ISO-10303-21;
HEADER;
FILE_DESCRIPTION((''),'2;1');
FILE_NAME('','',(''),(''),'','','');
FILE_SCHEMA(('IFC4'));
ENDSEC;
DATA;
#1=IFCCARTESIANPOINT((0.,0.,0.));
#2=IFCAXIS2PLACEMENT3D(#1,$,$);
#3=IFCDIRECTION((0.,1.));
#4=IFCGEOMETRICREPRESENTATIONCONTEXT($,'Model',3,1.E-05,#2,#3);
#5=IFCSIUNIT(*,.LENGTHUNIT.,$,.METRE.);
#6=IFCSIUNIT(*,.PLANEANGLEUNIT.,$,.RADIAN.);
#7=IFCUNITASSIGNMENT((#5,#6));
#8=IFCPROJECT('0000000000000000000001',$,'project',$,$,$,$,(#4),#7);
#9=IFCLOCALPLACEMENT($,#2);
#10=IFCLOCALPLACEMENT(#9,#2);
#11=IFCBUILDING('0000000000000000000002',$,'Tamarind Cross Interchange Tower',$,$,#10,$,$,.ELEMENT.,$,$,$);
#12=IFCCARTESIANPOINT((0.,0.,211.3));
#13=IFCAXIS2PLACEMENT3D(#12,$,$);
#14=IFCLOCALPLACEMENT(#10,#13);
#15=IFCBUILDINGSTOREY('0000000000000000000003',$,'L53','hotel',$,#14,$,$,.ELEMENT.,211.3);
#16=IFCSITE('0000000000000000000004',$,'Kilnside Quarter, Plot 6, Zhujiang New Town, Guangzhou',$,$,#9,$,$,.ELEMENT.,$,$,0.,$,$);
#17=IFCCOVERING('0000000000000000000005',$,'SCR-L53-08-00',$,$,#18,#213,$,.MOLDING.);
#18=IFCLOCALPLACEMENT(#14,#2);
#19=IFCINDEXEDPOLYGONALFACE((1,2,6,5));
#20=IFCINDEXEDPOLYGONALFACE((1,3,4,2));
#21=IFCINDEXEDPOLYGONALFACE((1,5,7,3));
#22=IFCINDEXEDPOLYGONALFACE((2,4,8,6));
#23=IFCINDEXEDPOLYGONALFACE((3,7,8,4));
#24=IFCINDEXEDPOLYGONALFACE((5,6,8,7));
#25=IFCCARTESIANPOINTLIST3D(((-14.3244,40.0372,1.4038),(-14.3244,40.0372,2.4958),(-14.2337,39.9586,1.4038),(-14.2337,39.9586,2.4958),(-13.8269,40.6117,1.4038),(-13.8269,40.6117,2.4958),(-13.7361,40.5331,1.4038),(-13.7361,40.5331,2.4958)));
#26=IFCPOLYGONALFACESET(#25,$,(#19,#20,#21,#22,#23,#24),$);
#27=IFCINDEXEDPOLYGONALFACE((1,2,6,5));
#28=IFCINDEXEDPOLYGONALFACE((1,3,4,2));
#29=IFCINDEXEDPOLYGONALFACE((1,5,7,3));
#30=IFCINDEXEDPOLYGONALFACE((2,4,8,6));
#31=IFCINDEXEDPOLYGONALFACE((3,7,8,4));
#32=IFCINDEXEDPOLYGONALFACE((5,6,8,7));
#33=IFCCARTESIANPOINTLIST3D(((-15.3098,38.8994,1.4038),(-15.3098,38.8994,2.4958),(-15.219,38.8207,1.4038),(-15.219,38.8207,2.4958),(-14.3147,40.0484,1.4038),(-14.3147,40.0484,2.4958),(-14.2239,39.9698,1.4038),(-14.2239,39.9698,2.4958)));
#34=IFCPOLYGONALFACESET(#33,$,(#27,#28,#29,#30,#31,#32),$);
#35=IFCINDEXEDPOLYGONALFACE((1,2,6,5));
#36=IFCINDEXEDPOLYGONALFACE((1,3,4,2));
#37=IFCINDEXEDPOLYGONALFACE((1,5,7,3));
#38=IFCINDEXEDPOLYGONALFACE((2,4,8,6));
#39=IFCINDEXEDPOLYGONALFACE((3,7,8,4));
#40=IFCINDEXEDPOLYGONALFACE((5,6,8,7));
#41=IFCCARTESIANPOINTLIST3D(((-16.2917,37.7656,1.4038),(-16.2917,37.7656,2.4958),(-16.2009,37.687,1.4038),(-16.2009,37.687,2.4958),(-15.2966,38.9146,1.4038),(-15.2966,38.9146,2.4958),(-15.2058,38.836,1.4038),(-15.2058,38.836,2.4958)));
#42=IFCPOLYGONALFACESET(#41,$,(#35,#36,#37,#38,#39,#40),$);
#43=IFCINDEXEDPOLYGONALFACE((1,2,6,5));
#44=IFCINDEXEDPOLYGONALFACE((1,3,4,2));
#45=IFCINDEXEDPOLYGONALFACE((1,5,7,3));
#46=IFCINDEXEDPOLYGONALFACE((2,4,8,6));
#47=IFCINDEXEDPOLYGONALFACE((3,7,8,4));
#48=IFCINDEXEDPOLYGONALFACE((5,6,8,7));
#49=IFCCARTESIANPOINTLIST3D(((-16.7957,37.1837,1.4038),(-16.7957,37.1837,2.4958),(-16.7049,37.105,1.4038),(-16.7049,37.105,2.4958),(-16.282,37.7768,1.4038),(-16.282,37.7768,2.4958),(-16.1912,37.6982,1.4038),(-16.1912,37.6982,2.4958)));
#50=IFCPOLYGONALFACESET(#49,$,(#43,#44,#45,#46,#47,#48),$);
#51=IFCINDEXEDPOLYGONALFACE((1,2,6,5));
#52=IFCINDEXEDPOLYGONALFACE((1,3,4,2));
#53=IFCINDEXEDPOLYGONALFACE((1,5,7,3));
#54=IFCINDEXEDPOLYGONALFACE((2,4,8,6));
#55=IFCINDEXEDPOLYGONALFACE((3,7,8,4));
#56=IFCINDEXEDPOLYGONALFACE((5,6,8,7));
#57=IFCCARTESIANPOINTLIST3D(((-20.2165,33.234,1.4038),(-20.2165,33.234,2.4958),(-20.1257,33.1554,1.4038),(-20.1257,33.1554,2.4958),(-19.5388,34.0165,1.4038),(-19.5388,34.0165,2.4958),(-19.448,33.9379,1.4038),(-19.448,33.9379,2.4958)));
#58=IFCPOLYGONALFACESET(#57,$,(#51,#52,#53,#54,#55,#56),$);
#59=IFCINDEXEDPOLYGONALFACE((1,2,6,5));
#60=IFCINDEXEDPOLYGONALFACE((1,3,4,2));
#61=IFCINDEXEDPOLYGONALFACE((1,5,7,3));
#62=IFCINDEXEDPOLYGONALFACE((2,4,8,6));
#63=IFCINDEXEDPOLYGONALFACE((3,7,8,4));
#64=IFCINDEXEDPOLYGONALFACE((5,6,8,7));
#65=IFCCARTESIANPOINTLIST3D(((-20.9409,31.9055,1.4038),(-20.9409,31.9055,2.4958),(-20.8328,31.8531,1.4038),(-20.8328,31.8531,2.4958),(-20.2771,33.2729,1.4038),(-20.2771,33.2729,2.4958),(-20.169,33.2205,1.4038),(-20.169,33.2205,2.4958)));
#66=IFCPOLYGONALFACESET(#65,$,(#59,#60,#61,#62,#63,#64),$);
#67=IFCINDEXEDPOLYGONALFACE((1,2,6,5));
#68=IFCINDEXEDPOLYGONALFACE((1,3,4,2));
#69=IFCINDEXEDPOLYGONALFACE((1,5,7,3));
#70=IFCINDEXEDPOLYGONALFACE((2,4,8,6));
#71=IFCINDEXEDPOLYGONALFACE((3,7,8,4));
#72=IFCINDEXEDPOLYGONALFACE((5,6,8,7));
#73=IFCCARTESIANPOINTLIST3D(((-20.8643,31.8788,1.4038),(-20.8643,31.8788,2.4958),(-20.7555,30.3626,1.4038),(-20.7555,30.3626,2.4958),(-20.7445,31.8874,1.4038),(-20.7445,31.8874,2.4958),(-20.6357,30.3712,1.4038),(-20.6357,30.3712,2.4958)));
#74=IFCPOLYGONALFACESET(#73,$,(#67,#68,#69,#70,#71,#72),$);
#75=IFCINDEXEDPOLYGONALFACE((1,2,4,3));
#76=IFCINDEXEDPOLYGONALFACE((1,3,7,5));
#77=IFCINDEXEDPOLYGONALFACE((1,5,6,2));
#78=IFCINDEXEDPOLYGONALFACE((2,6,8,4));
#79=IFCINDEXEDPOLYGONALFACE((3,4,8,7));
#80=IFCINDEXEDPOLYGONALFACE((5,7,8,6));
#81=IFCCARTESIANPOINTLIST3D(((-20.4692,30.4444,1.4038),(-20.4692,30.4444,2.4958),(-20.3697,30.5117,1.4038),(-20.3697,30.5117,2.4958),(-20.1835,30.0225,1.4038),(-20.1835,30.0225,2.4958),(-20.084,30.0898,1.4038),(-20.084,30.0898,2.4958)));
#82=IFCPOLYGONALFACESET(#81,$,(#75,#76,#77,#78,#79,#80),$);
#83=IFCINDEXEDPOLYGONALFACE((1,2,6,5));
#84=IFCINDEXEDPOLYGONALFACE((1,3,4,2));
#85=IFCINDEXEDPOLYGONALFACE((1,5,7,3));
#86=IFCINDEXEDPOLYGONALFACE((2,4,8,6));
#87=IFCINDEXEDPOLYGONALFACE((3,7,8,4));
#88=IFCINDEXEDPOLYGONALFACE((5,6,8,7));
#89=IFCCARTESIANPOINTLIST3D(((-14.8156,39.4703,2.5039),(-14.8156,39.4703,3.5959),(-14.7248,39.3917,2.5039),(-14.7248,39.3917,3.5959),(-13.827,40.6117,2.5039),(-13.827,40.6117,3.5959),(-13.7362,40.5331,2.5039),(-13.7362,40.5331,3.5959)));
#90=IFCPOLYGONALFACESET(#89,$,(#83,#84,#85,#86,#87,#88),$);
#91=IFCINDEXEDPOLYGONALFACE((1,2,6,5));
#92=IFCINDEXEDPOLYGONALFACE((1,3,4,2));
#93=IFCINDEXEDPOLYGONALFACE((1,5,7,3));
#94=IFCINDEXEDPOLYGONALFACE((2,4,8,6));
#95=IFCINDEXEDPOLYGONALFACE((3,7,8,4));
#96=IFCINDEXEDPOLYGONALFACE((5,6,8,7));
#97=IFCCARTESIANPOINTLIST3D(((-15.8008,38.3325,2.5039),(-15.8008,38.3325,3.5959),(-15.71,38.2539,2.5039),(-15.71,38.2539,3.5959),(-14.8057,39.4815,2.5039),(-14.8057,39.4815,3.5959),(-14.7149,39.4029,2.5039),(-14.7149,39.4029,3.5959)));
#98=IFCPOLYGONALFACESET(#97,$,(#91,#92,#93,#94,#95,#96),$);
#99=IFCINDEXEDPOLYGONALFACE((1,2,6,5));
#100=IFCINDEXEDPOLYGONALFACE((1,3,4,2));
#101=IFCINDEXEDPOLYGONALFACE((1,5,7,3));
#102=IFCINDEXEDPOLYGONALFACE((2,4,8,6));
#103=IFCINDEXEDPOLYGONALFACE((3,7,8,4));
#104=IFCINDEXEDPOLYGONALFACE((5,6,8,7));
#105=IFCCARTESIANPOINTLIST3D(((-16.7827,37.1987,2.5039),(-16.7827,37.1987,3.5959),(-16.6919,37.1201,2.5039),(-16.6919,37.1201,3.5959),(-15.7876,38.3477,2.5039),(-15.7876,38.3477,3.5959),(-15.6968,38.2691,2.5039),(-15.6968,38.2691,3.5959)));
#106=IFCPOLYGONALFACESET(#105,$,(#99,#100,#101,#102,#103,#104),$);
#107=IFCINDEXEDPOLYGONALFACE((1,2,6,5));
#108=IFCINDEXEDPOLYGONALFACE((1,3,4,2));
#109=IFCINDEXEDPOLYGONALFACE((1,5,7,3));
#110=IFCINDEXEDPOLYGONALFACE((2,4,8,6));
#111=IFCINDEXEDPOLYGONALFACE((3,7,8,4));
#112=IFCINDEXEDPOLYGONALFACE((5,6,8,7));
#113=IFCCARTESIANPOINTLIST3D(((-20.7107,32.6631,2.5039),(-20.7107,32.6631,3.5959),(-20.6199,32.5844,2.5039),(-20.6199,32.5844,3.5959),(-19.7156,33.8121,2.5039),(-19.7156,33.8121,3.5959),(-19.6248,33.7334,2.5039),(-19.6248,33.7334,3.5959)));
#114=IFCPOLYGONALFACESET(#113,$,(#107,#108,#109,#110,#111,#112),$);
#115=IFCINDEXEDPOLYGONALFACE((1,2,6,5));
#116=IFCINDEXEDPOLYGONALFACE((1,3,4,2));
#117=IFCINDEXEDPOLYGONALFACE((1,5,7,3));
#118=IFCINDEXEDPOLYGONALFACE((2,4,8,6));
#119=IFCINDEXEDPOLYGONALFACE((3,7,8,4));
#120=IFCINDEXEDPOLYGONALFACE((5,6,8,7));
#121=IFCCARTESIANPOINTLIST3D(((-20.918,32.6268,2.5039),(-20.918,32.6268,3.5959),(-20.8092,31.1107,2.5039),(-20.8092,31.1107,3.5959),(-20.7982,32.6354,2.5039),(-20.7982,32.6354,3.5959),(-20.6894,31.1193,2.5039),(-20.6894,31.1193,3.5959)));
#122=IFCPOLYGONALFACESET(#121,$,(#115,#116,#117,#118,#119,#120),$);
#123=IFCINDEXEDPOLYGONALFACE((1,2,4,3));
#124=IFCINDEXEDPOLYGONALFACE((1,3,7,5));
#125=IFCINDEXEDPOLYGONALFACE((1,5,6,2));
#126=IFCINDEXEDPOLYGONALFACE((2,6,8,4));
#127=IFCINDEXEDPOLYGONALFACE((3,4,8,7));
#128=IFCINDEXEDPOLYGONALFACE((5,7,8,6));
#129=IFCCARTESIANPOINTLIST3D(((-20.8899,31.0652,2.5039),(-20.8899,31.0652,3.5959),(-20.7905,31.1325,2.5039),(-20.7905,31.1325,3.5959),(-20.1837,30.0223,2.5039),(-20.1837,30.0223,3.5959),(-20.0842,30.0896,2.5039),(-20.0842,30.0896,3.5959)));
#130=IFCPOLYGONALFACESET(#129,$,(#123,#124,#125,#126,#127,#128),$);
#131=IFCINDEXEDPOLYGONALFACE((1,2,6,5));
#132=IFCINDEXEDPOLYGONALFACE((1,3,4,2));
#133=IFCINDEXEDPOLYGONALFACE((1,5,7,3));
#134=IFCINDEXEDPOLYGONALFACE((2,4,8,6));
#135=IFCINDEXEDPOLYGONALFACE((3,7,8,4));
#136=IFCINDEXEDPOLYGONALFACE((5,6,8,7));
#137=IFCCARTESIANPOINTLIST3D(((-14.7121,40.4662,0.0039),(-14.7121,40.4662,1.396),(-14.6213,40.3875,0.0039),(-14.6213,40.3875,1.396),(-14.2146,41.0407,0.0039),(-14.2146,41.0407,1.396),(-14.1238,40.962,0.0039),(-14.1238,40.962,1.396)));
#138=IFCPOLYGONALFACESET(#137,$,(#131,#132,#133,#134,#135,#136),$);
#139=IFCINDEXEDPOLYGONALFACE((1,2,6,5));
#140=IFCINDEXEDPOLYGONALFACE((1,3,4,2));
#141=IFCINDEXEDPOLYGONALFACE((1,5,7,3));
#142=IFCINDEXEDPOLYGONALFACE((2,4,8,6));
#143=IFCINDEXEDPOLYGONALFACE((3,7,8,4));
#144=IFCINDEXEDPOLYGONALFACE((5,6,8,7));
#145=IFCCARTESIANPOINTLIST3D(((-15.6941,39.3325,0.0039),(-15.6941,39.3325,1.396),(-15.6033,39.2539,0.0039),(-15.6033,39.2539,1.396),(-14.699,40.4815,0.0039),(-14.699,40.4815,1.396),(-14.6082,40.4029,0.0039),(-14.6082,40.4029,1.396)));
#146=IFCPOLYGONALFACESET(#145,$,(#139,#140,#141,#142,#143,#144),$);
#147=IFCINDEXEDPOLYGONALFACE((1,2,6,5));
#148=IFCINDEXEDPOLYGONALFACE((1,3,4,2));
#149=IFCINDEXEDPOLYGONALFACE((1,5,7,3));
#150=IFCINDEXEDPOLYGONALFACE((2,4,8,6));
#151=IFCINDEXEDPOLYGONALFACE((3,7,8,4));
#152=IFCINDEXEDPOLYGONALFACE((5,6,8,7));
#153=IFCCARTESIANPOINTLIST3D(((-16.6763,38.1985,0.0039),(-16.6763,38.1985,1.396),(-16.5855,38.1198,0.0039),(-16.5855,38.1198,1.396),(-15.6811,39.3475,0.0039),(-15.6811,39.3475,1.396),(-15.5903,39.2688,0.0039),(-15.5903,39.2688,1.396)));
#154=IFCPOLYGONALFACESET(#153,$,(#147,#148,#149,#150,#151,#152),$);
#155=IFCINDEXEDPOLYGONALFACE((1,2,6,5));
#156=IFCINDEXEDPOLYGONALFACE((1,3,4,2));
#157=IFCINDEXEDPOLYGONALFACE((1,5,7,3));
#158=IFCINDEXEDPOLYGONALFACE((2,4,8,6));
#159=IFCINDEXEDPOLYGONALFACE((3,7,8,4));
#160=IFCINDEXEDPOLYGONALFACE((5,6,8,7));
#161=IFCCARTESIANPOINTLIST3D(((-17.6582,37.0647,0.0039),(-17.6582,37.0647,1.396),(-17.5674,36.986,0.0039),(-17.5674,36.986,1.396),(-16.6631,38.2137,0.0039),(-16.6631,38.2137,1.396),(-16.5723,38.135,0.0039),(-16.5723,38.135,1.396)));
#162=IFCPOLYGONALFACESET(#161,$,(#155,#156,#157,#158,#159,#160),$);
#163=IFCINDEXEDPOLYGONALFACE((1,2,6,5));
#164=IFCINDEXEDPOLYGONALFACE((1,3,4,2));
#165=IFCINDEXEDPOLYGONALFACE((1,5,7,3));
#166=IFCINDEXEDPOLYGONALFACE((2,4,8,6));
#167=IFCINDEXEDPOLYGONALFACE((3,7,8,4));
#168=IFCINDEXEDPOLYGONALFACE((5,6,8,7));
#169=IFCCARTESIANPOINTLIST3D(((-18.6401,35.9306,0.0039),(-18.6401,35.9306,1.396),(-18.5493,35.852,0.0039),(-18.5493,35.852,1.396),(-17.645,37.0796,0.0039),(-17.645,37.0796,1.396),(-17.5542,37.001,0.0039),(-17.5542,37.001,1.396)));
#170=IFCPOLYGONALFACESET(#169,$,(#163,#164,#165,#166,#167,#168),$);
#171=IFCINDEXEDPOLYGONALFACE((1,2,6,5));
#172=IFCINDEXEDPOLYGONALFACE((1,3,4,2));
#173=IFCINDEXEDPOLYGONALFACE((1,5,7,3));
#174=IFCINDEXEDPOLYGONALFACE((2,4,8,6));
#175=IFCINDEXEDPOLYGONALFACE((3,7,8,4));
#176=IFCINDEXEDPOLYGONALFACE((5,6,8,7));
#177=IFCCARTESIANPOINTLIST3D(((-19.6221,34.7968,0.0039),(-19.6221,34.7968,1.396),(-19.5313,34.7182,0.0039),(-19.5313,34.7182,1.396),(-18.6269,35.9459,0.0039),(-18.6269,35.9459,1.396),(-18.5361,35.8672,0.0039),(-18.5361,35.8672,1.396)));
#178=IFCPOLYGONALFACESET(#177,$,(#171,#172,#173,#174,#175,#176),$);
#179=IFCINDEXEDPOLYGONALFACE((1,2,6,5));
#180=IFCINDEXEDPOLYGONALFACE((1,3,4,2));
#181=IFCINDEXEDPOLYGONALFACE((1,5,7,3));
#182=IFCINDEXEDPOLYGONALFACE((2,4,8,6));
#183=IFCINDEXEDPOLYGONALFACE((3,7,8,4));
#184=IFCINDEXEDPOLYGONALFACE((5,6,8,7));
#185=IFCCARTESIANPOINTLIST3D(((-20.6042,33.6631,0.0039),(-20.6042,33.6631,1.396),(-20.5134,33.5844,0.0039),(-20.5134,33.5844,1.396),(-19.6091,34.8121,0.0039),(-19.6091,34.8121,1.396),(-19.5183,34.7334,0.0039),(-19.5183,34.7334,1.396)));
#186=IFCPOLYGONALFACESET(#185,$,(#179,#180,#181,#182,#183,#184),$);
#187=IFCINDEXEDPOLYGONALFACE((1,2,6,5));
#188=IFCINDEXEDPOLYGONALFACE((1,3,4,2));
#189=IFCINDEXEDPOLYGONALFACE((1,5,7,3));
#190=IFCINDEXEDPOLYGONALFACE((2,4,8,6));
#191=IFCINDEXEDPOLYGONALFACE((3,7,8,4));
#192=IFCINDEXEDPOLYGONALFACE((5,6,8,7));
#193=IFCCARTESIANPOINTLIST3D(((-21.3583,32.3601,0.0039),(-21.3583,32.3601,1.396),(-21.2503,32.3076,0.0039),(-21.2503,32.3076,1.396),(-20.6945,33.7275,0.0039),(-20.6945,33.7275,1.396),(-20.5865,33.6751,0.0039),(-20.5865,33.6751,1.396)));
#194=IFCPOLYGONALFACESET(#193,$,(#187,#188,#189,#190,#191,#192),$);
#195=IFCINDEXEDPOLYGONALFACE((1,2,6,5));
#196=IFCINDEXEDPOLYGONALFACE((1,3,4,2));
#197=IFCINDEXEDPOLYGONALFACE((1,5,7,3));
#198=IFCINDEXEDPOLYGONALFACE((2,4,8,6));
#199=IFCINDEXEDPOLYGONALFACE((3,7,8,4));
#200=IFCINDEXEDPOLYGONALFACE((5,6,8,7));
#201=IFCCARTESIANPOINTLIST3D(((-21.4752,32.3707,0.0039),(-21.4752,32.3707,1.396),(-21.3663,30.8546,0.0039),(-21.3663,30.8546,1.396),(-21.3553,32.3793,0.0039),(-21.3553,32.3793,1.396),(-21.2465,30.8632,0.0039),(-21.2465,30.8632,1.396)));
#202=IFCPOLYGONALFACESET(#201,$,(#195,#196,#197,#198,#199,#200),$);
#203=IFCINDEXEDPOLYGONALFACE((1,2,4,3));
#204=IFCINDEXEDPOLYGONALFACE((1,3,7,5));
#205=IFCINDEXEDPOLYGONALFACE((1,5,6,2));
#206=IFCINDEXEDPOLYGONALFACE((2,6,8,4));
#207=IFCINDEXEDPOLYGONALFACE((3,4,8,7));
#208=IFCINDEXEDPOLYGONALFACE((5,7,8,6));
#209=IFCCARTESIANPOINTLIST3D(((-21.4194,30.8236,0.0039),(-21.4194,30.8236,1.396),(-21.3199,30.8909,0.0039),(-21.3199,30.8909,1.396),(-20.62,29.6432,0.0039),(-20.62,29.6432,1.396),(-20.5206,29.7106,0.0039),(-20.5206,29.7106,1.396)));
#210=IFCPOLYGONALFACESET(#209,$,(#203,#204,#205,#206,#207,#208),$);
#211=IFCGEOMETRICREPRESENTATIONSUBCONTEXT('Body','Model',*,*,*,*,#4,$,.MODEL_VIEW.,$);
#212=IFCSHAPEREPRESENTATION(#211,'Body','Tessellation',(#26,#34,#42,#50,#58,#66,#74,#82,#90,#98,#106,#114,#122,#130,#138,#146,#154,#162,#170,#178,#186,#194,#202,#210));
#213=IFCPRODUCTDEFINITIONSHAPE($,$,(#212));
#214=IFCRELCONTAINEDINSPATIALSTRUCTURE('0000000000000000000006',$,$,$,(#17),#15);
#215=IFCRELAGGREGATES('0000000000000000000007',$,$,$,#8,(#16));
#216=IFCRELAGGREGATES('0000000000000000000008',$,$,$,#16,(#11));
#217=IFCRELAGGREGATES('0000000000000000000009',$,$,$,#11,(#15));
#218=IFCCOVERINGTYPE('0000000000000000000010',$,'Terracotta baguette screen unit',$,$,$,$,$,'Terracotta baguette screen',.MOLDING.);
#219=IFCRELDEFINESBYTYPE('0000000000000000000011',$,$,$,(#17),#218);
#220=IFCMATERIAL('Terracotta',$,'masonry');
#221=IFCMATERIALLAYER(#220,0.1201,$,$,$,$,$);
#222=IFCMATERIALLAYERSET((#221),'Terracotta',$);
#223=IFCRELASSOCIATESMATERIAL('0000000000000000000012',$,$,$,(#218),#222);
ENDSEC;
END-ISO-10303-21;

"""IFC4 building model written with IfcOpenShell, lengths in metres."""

from ifc_helpers import new_model, si_unit, direction, frame, origin, origin_2d, place, context, subcontext, project, spatial, rectangle, extrude, material, layer, layer_set, type_object, element, save


model = new_model("IFC4")

# Units and contexts
model_context = context("Model", 3, precision=1e-05, world=origin(), true_north=direction((0.0, 1.0)))
body_context = subcontext(model_context, "Body", "Model", "MODEL_VIEW")
ifc_project = project(units=[si_unit("LENGTHUNIT", "METRE"), si_unit("PLANEANGLEUNIT", "RADIAN")], contexts=[model_context])

# Site, building, storey
site_placement = place(None, origin())
site = spatial("IfcSite", under=ifc_project, at=site_placement, Name="Kilnside Quarter, Plot 6, Zhujiang New Town, Guangzhou", CompositionType="ELEMENT", RefElevation=0.0)
building_placement = place(site_placement, origin())
building = spatial("IfcBuilding", under=site, at=building_placement, Name="Tamarind Cross Interchange Tower", CompositionType="ELEMENT")
storey_placement = place(building_placement, frame((0.0, 0.0, 211.3)))
storey = spatial("IfcBuildingStorey", under=building, at=storey_placement, Name="L53", Description="hotel", CompositionType="ELEMENT", Elevation=211.3)

# Covering
ifc_material_1 = material(Name="Terracotta", Category="masonry")
ifc_layer_1 = layer(ifc_material_1, 0.1201)
ifc_layer_set_1 = layer_set([ifc_layer_1], Name="Terracotta")
covering_type = type_object("IfcCoveringType", Name="Terracotta baguette screen unit", ElementType="Terracotta baguette screen", PredefinedType="MOLDING", material=ifc_layer_set_1)
covering_1_placement = place(storey_placement, origin())
element("IfcCovering", 1, at=covering_1_placement, inside=storey, type_object=covering_type, Name="SCR-L53-08-00", PredefinedType="MOLDING", context=body_context, shape_type="SweptSolid", body=[
    extrude(rectangle(XDim=0.76, YDim=0.1201, at=origin_2d()), frame((-14.0303, 40.2852, 1.4038), z_axis=(0.0, 0.0, 1.0), x_axis=(-0.654667, -0.755917, 0.0)), (0.0, 0.0, 1.0), 1.092),
    extrude(rectangle(XDim=1.52, YDim=0.1201, at=origin_2d()), frame((-14.7668, 39.4346, 1.4038), z_axis=(0.0, 0.0, 1.0), x_axis=(-0.654667, -0.755917, 0.0)), (0.0, 0.0, 1.0), 1.092),
    extrude(rectangle(XDim=1.52, YDim=0.1201, at=origin_2d()), frame((-15.7488, 38.3008, 1.4038), z_axis=(0.0, 0.0, 1.0), x_axis=(-0.654667, -0.755917, 0.0)), (0.0, 0.0, 1.0), 1.092),
    extrude(rectangle(XDim=0.7847, YDim=0.1201, at=origin_2d()), frame((-16.4934, 37.4409, 1.4038), z_axis=(0.0, 0.0, 1.0), x_axis=(-0.654667, -0.755917, 0.0)), (0.0, 0.0, 1.0), 1.092),
    extrude(rectangle(XDim=1.0352, YDim=0.1201, at=origin_2d()), frame((-19.8323, 33.5859, 1.4038), z_axis=(0.0, 0.0, 1.0), x_axis=(-0.654667, -0.755917, 0.0)), (0.0, 0.0, 1.0), 1.092),
    extrude(rectangle(XDim=1.52, YDim=0.1201, at=origin_2d()), frame((-20.5549, 32.563, 1.4038), z_axis=(0.0, 0.0, 1.0), x_axis=(-0.436714, -0.8996, 0.0)), (0.0, 0.0, 1.0), 1.092),
    extrude(rectangle(XDim=1.52, YDim=0.1201, at=origin_2d()), frame((-20.75, 31.125, 1.4038), z_axis=(0.0, 0.0, 1.0), x_axis=(0.071595, -0.997434, 0.0)), (0.0, 0.0, 1.0), 1.092),
    extrude(rectangle(XDim=0.5095, YDim=0.1201, at=origin_2d()), frame((-20.2766, 30.2671, 1.4038), z_axis=(0.0, 0.0, 1.0), x_axis=(0.56072, -0.828006, 0.0)), (0.0, 0.0, 1.0), 1.092),
    extrude(rectangle(XDim=1.51, YDim=0.1201, at=origin_2d()), frame((-14.2759, 40.0017, 2.5039), z_axis=(0.0, 0.0, 1.0), x_axis=(-0.654667, -0.755917, 0.0)), (0.0, 0.0, 1.0), 1.092),
    extrude(rectangle(XDim=1.52, YDim=0.1201, at=origin_2d()), frame((-15.2578, 38.8677, 2.5039), z_axis=(0.0, 0.0, 1.0), x_axis=(-0.654667, -0.755917, 0.0)), (0.0, 0.0, 1.0), 1.092),
    extrude(rectangle(XDim=1.52, YDim=0.1201, at=origin_2d()), frame((-16.2397, 37.7339, 2.5039), z_axis=(0.0, 0.0, 1.0), x_axis=(-0.654667, -0.755917, 0.0)), (0.0, 0.0, 1.0), 1.092),
    extrude(rectangle(XDim=1.52, YDim=0.1201, at=origin_2d()), frame((-20.1677, 33.1982, 2.5039), z_axis=(0.0, 0.0, 1.0), x_axis=(-0.654667, -0.755917, 0.0)), (0.0, 0.0, 1.0), 1.092),
    extrude(rectangle(XDim=1.52, YDim=0.1201, at=origin_2d()), frame((-20.8037, 31.873, 2.5039), z_axis=(0.0, 0.0, 1.0), x_axis=(0.071595, -0.997434, 0.0)), (0.0, 0.0, 1.0), 1.092),
    extrude(rectangle(XDim=1.2595, YDim=0.1201, at=origin_2d()), frame((-20.4871, 30.5774, 2.5039), z_axis=(0.0, 0.0, 1.0), x_axis=(0.56072, -0.828006, 0.0)), (0.0, 0.0, 1.0), 1.092),
    extrude(rectangle(XDim=0.76, YDim=0.1201, at=origin_2d()), frame((-14.418, 40.7141, 0.0039), z_axis=(0.0, 0.0, 1.0), x_axis=(-0.654667, -0.755917, 0.0)), (0.0, 0.0, 1.0), 1.3921),
    extrude(rectangle(XDim=1.52, YDim=0.1201, at=origin_2d()), frame((-15.1511, 39.8677, 0.0039), z_axis=(0.0, 0.0, 1.0), x_axis=(-0.654667, -0.755917, 0.0)), (0.0, 0.0, 1.0), 1.3921),
    extrude(rectangle(XDim=1.52, YDim=0.1201, at=origin_2d()), frame((-16.1333, 38.7336, 0.0039), z_axis=(0.0, 0.0, 1.0), x_axis=(-0.654667, -0.755917, 0.0)), (0.0, 0.0, 1.0), 1.3921),
    extrude(rectangle(XDim=1.52, YDim=0.1201, at=origin_2d()), frame((-17.1152, 37.5999, 0.0039), z_axis=(0.0, 0.0, 1.0), x_axis=(-0.654667, -0.755917, 0.0)), (0.0, 0.0, 1.0), 1.3921),
    extrude(rectangle(XDim=1.52, YDim=0.1201, at=origin_2d()), frame((-18.0972, 36.4658, 0.0039), z_axis=(0.0, 0.0, 1.0), x_axis=(-0.654667, -0.755917, 0.0)), (0.0, 0.0, 1.0), 1.3921),
    extrude(rectangle(XDim=1.52, YDim=0.1201, at=origin_2d()), frame((-19.0791, 35.332, 0.0039), z_axis=(0.0, 0.0, 1.0), x_axis=(-0.654667, -0.755917, 0.0)), (0.0, 0.0, 1.0), 1.3921),
    extrude(rectangle(XDim=1.52, YDim=0.1201, at=origin_2d()), frame((-20.0613, 34.1982, 0.0039), z_axis=(0.0, 0.0, 1.0), x_axis=(-0.654667, -0.755917, 0.0)), (0.0, 0.0, 1.0), 1.3921),
    extrude(rectangle(XDim=1.52, YDim=0.1201, at=origin_2d()), frame((-20.9724, 33.0176, 0.0039), z_axis=(0.0, 0.0, 1.0), x_axis=(-0.436714, -0.8996, 0.0)), (0.0, 0.0, 1.0), 1.3921),
    extrude(rectangle(XDim=1.52, YDim=0.1201, at=origin_2d()), frame((-21.3608, 31.6169, 0.0039), z_axis=(0.0, 0.0, 1.0), x_axis=(0.071595, -0.997434, 0.0)), (0.0, 0.0, 1.0), 1.3921),
    extrude(rectangle(XDim=1.4255, YDim=0.1201, at=origin_2d()), frame((-20.97, 30.2671, 0.0039), z_axis=(0.0, 0.0, 1.0), x_axis=(0.56072, -0.828006, 0.0)), (0.0, 0.0, 1.0), 1.3921),
])

save(model, "model.ifc")
